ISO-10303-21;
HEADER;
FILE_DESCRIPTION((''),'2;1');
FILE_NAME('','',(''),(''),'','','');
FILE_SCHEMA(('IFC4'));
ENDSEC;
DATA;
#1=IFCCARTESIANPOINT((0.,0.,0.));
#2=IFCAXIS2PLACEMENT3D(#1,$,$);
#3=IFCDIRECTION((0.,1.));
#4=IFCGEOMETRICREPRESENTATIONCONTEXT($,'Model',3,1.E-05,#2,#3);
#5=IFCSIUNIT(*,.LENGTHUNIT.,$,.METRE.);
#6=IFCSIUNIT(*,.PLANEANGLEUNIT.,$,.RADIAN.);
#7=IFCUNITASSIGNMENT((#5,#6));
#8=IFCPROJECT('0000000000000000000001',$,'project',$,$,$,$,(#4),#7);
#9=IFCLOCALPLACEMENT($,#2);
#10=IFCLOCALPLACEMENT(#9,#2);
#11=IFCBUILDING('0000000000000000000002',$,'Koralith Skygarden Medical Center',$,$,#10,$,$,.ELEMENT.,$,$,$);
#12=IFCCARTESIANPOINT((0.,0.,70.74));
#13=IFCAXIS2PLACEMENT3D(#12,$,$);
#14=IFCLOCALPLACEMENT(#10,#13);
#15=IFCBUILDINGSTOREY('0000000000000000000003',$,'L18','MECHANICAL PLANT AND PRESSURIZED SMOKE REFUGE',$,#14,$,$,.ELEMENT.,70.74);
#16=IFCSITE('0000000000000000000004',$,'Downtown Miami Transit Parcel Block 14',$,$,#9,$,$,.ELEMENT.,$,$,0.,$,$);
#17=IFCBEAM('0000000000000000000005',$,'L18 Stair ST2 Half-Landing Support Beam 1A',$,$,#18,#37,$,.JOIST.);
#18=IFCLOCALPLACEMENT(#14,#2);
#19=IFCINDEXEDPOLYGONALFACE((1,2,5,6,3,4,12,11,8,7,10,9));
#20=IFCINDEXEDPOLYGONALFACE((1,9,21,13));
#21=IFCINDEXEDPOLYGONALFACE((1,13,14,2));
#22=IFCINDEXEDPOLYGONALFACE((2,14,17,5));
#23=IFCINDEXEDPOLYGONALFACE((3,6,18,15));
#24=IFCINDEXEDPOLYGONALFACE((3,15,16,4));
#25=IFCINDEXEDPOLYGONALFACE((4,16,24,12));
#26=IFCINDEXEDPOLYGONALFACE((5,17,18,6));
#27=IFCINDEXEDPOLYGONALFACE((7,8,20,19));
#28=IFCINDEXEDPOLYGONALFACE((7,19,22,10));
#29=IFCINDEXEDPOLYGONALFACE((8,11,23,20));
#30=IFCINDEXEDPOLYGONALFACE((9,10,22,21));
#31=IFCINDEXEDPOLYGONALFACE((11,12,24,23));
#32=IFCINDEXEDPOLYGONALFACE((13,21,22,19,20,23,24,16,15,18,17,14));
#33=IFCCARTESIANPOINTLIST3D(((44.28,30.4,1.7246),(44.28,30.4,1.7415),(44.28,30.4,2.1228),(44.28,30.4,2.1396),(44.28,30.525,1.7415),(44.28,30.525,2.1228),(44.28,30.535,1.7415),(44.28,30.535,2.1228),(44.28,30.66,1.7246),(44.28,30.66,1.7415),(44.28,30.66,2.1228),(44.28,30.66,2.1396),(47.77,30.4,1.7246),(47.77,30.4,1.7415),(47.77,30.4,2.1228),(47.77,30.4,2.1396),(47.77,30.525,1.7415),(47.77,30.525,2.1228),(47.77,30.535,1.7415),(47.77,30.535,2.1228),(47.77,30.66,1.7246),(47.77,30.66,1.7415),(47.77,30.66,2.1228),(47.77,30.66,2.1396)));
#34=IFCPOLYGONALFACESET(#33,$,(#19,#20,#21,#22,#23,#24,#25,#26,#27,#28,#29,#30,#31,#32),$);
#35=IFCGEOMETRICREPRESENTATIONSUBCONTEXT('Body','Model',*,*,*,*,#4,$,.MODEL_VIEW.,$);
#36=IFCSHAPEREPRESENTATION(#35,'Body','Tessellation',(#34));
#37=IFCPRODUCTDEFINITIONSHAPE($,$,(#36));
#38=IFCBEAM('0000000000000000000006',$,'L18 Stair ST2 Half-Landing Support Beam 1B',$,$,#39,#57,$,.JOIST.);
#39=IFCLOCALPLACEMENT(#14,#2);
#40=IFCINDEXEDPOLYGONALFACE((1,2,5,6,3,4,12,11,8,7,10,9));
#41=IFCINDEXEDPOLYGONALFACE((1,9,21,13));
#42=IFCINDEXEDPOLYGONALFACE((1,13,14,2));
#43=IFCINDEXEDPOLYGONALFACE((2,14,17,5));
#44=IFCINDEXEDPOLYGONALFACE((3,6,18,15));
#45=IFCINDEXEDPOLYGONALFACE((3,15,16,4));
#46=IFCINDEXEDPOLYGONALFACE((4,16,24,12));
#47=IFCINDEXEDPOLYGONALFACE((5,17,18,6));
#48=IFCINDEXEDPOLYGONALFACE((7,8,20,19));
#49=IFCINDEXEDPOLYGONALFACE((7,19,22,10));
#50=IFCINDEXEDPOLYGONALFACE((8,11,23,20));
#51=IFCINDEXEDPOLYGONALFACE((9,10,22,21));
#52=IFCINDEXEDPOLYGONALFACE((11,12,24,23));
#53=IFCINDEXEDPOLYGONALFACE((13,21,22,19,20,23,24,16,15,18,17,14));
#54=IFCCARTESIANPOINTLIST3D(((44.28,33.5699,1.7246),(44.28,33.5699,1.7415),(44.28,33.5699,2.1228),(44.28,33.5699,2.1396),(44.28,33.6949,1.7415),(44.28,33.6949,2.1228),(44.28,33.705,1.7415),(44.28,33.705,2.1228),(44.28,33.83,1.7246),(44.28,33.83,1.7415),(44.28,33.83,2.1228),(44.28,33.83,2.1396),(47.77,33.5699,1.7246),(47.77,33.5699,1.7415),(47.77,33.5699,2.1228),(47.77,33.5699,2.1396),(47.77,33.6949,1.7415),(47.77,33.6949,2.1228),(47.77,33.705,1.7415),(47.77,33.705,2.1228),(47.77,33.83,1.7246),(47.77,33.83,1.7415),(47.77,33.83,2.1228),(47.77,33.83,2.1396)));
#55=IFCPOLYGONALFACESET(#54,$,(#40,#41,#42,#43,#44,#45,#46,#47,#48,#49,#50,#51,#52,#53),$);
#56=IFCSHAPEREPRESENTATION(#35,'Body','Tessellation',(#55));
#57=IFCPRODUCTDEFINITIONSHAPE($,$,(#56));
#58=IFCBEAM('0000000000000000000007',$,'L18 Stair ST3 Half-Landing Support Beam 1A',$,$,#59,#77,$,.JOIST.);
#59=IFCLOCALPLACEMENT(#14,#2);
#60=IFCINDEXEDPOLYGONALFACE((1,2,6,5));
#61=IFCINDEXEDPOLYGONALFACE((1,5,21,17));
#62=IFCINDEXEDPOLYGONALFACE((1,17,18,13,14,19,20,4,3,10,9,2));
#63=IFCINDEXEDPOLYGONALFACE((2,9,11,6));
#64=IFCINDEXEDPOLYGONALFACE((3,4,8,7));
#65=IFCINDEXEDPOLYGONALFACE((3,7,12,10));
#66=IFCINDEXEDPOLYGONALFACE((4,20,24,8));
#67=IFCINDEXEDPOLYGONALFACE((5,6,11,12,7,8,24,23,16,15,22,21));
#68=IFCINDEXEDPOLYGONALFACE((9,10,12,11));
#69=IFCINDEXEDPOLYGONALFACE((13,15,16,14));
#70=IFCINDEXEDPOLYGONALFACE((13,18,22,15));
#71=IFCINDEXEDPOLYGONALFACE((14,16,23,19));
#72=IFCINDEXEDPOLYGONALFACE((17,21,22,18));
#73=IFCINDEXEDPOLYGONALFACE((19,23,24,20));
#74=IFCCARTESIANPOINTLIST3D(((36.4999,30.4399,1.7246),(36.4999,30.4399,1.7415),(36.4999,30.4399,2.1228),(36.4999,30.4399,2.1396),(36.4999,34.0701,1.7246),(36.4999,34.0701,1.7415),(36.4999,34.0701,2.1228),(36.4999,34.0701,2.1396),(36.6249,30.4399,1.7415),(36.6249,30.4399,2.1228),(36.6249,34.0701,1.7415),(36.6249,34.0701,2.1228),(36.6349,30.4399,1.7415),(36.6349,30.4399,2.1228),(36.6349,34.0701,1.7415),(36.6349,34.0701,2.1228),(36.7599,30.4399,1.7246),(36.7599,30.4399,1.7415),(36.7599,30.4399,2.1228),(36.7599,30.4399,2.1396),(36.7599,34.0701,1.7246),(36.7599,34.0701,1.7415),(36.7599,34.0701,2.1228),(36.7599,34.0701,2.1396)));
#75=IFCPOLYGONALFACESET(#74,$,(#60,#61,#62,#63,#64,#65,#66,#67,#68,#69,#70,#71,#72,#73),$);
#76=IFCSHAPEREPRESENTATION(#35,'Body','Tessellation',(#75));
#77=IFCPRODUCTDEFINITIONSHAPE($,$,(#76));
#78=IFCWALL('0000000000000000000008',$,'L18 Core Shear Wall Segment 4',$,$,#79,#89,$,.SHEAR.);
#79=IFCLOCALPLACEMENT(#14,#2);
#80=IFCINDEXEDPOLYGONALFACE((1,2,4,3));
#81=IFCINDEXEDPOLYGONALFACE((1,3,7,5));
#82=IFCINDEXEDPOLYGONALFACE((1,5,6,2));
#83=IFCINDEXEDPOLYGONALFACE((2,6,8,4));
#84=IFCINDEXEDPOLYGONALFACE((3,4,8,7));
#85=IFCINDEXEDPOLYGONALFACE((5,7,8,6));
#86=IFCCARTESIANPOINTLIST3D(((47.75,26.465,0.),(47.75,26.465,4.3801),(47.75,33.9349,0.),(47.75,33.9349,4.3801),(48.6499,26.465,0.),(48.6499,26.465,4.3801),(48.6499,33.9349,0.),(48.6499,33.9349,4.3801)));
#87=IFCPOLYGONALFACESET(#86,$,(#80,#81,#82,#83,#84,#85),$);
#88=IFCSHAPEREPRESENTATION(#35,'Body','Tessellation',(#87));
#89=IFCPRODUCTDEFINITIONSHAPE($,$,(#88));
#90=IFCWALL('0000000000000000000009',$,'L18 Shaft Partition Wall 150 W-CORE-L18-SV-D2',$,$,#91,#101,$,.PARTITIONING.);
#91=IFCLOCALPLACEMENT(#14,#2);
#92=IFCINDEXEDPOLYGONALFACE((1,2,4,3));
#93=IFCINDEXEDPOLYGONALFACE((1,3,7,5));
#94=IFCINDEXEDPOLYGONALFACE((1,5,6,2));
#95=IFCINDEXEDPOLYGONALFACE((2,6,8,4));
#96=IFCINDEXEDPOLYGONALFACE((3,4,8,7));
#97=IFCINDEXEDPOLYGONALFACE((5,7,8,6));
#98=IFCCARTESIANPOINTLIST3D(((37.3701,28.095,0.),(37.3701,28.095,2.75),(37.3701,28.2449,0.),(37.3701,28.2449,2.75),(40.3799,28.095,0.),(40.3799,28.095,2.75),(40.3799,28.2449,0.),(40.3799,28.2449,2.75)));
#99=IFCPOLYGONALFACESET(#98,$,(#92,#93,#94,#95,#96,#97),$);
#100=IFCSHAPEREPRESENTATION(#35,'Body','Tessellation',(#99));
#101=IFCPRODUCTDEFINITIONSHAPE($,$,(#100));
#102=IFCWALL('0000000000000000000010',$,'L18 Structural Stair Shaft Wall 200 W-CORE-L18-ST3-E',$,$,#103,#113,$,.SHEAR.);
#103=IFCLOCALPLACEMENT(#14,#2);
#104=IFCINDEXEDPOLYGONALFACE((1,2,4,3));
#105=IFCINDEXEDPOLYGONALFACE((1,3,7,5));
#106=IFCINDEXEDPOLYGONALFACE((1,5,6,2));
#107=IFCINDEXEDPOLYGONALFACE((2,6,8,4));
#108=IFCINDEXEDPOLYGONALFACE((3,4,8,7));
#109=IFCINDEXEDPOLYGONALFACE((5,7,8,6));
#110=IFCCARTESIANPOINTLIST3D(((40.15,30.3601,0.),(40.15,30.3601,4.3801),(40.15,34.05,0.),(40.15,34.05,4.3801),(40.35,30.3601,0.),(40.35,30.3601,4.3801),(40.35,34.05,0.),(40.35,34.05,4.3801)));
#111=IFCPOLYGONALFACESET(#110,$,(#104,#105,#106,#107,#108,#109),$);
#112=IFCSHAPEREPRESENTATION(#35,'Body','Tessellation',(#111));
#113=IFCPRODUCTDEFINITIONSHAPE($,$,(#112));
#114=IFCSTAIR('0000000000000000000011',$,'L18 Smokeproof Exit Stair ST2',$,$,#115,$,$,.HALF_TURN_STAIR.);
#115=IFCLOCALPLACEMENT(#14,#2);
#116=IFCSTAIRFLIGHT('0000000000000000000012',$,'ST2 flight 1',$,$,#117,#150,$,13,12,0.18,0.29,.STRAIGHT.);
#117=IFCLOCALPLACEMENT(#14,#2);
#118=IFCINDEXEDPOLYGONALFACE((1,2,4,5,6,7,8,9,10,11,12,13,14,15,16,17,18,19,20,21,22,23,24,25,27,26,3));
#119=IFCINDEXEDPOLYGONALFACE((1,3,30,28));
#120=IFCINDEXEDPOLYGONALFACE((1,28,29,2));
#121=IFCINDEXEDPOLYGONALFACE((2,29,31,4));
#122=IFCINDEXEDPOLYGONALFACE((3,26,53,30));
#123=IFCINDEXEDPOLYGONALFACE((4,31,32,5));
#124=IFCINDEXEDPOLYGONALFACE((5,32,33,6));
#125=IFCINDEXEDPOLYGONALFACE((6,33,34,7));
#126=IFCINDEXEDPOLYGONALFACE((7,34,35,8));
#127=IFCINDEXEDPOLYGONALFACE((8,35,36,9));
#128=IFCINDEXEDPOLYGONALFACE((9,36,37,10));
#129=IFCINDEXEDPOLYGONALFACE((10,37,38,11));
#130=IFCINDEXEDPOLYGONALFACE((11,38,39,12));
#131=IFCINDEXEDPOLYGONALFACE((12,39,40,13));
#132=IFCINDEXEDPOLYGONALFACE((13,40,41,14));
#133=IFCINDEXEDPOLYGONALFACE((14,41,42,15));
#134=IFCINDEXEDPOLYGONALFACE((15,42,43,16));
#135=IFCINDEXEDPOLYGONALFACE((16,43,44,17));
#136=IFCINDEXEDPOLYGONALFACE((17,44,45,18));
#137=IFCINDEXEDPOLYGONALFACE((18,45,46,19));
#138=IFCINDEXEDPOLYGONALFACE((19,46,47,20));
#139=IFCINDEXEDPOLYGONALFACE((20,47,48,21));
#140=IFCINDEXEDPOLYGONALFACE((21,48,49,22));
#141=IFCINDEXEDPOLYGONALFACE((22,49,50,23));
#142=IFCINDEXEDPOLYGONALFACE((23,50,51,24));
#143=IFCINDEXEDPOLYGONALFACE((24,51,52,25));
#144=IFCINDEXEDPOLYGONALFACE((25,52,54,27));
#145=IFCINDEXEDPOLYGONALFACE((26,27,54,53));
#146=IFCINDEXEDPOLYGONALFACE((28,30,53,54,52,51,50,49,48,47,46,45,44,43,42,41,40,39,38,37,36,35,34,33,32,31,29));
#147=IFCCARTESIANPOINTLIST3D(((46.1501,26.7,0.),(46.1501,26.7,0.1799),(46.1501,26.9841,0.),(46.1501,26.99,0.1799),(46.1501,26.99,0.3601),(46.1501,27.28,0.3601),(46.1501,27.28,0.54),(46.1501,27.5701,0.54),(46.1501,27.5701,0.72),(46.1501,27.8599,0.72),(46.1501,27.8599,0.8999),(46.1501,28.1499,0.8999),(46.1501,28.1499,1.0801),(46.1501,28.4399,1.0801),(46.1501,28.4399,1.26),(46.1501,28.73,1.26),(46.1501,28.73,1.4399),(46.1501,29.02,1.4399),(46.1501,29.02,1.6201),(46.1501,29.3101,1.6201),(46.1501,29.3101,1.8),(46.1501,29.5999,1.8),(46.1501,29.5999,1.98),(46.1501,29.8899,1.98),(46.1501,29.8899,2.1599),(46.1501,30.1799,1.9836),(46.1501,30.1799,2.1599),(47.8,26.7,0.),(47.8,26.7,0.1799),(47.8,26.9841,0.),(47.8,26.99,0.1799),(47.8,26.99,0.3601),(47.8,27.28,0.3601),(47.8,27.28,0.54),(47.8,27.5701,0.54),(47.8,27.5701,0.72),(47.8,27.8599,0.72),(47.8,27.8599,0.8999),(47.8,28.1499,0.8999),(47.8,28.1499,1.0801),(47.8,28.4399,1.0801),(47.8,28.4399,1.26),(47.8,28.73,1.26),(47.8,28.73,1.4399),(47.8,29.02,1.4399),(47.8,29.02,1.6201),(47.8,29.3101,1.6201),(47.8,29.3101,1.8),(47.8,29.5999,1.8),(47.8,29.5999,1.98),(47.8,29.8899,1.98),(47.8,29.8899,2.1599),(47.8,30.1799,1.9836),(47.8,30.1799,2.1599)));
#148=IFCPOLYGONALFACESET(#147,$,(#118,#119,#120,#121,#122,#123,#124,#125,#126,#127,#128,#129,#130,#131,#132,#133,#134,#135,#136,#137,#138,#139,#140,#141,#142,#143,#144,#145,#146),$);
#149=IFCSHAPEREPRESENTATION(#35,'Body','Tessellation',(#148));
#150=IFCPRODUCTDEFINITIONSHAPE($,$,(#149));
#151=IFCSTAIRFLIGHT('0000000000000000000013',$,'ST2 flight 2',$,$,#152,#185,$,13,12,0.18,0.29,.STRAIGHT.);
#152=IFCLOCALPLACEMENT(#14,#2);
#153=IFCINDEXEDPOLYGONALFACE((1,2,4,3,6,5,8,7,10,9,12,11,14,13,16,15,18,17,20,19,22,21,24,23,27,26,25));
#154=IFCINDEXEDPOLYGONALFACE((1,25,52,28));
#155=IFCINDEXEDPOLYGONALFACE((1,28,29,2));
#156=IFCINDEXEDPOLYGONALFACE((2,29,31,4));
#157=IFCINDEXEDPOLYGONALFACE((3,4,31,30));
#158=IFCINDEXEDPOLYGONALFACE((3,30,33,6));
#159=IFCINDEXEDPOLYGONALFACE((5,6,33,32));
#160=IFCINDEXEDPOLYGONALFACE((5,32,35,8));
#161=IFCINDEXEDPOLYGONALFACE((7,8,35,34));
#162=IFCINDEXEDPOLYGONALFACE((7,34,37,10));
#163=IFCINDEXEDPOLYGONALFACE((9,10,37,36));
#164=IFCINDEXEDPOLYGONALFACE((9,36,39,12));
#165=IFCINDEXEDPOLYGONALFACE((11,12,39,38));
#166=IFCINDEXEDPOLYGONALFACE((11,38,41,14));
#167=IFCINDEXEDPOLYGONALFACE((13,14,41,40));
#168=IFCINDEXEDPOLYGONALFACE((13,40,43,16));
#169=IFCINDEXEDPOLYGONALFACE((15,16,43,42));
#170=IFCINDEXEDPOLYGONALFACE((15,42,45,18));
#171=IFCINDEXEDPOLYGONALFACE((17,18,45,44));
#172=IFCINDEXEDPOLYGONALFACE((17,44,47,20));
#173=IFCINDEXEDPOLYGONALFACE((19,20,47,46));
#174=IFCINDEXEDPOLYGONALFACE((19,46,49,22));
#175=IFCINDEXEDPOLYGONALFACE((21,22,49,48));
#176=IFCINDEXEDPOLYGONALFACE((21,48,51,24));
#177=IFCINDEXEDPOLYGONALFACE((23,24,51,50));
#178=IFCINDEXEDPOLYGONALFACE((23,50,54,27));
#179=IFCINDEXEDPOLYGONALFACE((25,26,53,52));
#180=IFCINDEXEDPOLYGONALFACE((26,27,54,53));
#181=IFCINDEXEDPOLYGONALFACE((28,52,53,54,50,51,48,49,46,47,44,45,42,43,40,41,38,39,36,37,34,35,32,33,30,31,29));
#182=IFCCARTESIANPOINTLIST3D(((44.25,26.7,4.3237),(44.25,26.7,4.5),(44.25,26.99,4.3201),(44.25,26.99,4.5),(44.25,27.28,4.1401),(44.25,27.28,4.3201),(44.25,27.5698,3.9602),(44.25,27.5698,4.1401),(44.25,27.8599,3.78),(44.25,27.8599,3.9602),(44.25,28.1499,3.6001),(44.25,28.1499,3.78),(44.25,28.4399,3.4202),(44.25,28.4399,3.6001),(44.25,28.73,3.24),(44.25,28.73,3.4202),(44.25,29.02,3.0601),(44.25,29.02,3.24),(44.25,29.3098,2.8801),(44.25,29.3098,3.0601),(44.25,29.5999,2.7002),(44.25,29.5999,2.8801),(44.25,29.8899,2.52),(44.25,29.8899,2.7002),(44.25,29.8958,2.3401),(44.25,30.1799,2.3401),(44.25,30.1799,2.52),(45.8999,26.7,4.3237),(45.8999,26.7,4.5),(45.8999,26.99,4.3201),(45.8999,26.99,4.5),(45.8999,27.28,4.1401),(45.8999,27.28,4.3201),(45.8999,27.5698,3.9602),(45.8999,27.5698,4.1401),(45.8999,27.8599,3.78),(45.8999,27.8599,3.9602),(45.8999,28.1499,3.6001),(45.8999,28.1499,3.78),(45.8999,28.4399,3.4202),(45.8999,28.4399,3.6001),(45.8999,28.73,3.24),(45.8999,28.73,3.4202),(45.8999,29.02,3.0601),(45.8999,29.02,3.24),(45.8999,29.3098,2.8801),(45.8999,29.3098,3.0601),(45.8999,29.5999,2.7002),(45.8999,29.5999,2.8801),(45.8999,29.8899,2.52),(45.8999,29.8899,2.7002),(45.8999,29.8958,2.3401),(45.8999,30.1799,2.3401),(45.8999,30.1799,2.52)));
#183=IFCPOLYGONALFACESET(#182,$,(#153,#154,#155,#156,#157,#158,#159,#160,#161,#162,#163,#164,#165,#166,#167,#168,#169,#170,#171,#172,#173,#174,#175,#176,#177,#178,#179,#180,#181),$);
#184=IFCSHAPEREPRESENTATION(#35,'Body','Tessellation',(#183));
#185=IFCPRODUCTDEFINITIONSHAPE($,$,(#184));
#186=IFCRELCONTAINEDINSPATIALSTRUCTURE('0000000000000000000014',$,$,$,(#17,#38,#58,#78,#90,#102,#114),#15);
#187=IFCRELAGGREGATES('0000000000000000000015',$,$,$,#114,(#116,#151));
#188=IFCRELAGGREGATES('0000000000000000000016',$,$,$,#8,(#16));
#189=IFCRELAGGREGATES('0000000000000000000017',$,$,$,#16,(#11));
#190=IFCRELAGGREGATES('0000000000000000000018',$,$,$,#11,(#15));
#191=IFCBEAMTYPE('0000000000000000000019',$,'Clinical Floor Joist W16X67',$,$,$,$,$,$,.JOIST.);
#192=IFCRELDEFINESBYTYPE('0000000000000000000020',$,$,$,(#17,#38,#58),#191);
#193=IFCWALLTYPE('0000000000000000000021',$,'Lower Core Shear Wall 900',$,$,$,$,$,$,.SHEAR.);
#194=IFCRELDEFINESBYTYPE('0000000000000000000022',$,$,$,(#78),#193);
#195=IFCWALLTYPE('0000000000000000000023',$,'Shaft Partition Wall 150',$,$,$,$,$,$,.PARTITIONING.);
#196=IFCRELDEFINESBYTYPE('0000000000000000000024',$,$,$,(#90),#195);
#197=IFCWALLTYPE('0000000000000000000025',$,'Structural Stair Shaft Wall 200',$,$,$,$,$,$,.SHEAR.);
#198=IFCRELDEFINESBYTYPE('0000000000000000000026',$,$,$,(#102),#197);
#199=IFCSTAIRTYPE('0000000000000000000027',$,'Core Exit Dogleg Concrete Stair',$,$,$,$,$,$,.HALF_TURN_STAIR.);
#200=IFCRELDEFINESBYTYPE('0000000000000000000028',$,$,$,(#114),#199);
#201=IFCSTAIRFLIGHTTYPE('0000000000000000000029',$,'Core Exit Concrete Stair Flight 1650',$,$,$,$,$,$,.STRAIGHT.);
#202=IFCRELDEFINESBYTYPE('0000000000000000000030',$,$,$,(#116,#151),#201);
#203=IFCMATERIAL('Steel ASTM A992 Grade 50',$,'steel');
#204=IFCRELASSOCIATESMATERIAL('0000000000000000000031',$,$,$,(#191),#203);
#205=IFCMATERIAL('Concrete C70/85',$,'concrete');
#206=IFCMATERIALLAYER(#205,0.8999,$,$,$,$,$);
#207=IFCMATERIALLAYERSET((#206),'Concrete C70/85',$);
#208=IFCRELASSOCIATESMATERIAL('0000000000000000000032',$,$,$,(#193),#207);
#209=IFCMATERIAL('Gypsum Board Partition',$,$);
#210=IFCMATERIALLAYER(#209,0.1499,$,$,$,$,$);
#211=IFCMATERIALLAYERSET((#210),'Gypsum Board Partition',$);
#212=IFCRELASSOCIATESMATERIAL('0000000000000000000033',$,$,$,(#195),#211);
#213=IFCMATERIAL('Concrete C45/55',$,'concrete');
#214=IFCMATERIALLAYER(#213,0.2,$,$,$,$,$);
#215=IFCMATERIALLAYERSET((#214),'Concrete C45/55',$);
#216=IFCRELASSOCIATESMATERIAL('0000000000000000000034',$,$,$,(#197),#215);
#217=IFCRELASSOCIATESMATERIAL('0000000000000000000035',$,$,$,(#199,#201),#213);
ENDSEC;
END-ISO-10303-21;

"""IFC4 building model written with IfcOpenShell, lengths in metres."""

from ifc_helpers import new_model, si_unit, direction, frame, frame_2d, origin, origin_2d, place, context, subcontext, project, spatial, polyline, rectangle, i_section, outline, extrude, material, layer, layer_set, material_profile, profile_set, type_object, element, aggregate, save


model = new_model("IFC4")

# Units and contexts
model_context = context("Model", 3, precision=1e-05, world=origin(), true_north=direction((0.0, 1.0)))
body_context = subcontext(model_context, "Body", "Model", "MODEL_VIEW")
ifc_project = project(units=[si_unit("LENGTHUNIT", "METRE"), si_unit("PLANEANGLEUNIT", "RADIAN")], contexts=[model_context])

# Site, building, storey
site_placement = place(None, origin())
site = spatial("IfcSite", under=ifc_project, at=site_placement, Name="Downtown Miami Transit Parcel Block 14", CompositionType="ELEMENT", RefElevation=0.0)
building_placement = place(site_placement, origin())
building = spatial("IfcBuilding", under=site, at=building_placement, Name="Koralith Skygarden Medical Center", CompositionType="ELEMENT")
storey_placement = place(building_placement, frame((0.0, 0.0, 70.74)))
storey = spatial("IfcBuildingStorey", under=building, at=storey_placement, Name="L18", Description="MECHANICAL PLANT AND PRESSURIZED SMOKE REFUGE", CompositionType="ELEMENT", Elevation=70.74)

# Beams
ifc_material_1 = material(Name="Steel ASTM A992 Grade 50", Category="steel")
ifc_material_profile = material_profile(ifc_material_1, i_section(OverallWidth=0.26, OverallDepth=0.415, WebThickness=0.01, FlangeThickness=0.0168, at=origin_2d()), Name="W16X67")
ifc_profile_set = profile_set([ifc_material_profile], Name="Steel ASTM A992 Grade 50")
beam_type = type_object("IfcBeamType", Name="Clinical Floor Joist W16X67", PredefinedType="JOIST", material=ifc_profile_set)
for number, where, z_axis, x_axis, name in (
    (1, (44.28, 30.53, 1.9321), (1.0, 0.0, 0.0), (0.0, 1.0, 0.0), "L18 Stair ST2 Half-Landing Support Beam 1A"),
    (2, (44.28, 33.7, 1.9321), (1.0, 0.0, 0.0), (0.0, 1.0, 0.0), "L18 Stair ST2 Half-Landing Support Beam 1B"),
):
    element("IfcBeam", number, at=place(storey_placement, frame(where, z_axis=z_axis, x_axis=x_axis)), inside=storey, type_object=beam_type, Name=name, PredefinedType="JOIST", context=body_context, shape_type="SweptSolid", body=[
        extrude(i_section(OverallWidth=0.26, OverallDepth=0.415, WebThickness=0.01, FlangeThickness=0.0168, at=origin_2d()), origin(), (0.0, 0.0, 1.0), 3.49),
    ])
beam_placement = place(storey_placement, frame((36.6299, 30.4399, 1.9321), z_axis=(0.0, 1.0, 0.0), x_axis=(-1.0, 0.0, 0.0)))
element("IfcBeam", 3, at=beam_placement, inside=storey, type_object=beam_type, Name="L18 Stair ST3 Half-Landing Support Beam 1A", PredefinedType="JOIST", context=body_context, shape_type="SweptSolid", body=[
    extrude(i_section(OverallWidth=0.26, OverallDepth=0.415, WebThickness=0.01, FlangeThickness=0.0168, at=origin_2d()), origin(), (0.0, 0.0, 1.0), 3.6301),
])

# Walls
ifc_material_2 = material(Name="Concrete C70/85", Category="concrete")
ifc_layer_1 = layer(ifc_material_2, 0.8999)
ifc_layer_set_1 = layer_set([ifc_layer_1], Name="Concrete C70/85")
wall_type_1 = type_object("IfcWallType", Name="Lower Core Shear Wall 900", PredefinedType="SHEAR", material=ifc_layer_set_1)
wall_1_placement = place(storey_placement, frame((48.2, 26.4651, 0.0), z_axis=(0.0, 0.0, 1.0), x_axis=(0.0, 1.0, 0.0)))
element("IfcWall", 4, at=wall_1_placement, inside=storey, type_object=wall_type_1, Name="L18 Core Shear Wall Segment 4", PredefinedType="SHEAR", context=body_context, shape_type="SweptSolid", body=[
    extrude(rectangle(XDim=7.47, YDim=0.8999, at=frame_2d((3.7349, 0.0))), origin(), (0.0, 0.0, 1.0), 4.3801),
])
ifc_material_3 = material(Name="Gypsum Board Partition")
ifc_layer_2 = layer(ifc_material_3, 0.1499)
ifc_layer_set_2 = layer_set([ifc_layer_2], Name="Gypsum Board Partition")
wall_type_2 = type_object("IfcWallType", Name="Shaft Partition Wall 150", PredefinedType="PARTITIONING", material=ifc_layer_set_2)
wall_2_placement = place(storey_placement, frame((37.3701, 28.1699, 0.0), z_axis=(0.0, 0.0, 1.0), x_axis=(1.0, 0.0, 0.0)))
element("IfcWall", 5, at=wall_2_placement, inside=storey, type_object=wall_type_2, Name="L18 Shaft Partition Wall 150 W-CORE-L18-SV-D2", PredefinedType="PARTITIONING", context=body_context, shape_type="SweptSolid", body=[
    extrude(rectangle(XDim=3.0098, YDim=0.1499, at=frame_2d((1.5049, 0.0))), origin(), (0.0, 0.0, 1.0), 2.75),
])
ifc_material_4 = material(Name="Concrete C45/55", Category="concrete")
ifc_layer_3 = layer(ifc_material_4, 0.2)
ifc_layer_set_3 = layer_set([ifc_layer_3], Name="Concrete C45/55")
wall_type_3 = type_object("IfcWallType", Name="Structural Stair Shaft Wall 200", PredefinedType="SHEAR", material=ifc_layer_set_3)
wall_3_placement = place(storey_placement, frame((40.25, 30.3601, 0.0), z_axis=(0.0, 0.0, 1.0), x_axis=(0.0, 1.0, 0.0)))
element("IfcWall", 6, at=wall_3_placement, inside=storey, type_object=wall_type_3, Name="L18 Structural Stair Shaft Wall 200 W-CORE-L18-ST3-E", PredefinedType="SHEAR", context=body_context, shape_type="SweptSolid", body=[
    extrude(rectangle(XDim=3.6899, YDim=0.2, at=frame_2d((1.845, 0.0))), origin(), (0.0, 0.0, 1.0), 4.3801),
])

# Stair, stair flights
stair_type = type_object("IfcStairType", Name="Core Exit Dogleg Concrete Stair", PredefinedType="HALF_TURN_STAIR", material=ifc_material_4)
stair_1_placement = place(storey_placement, origin())
stair_1 = element("IfcStair", 7, at=stair_1_placement, inside=storey, type_object=stair_type, Name="L18 Smokeproof Exit Stair ST2", PredefinedType="HALF_TURN_STAIR")
stair_flight_type = type_object("IfcStairFlightType", Name="Core Exit Concrete Stair Flight 1650", PredefinedType="STRAIGHT", material=ifc_material_4)
stair_flight_1_placement = place(storey_placement, frame((46.9751, 26.7, 0.0), z_axis=(0.0, 0.0, 1.0), x_axis=(0.0, 1.0, 0.0)))
stair_flight_1 = element("IfcStairFlight", 8, at=stair_flight_1_placement, type_object=stair_flight_type, Name="ST2 flight 1", NumberOfRisers=13, NumberOfTreads=12, PredefinedType="STRAIGHT", RiserHeight=0.18, TreadLength=0.29, context=body_context, shape_type="SweptSolid", body=[
    extrude(outline(polyline([(0.0, 0.0), (0.0, 0.1799), (0.29, 0.1799), (0.29, 0.3601), (0.5801, 0.3601), (0.5801, 0.54), (0.8701, 0.54), (0.8701, 0.72), (1.1599, 0.72), (1.1599, 0.8999), (1.45, 0.8999), (1.45, 1.0801), (1.74, 1.0801), (1.74, 1.26), (2.03, 1.26), (2.03, 1.4399), (2.3201, 1.4399), (2.3201, 1.6201), (2.6101, 1.6201), (2.6101, 1.8), (2.8999, 1.8), (2.8999, 1.98), (3.1899, 1.98), (3.1899, 2.1599), (3.48, 2.1599), (3.48, 2.3401), (3.48, 1.9836), (0.2842, 0.0), (0.0, 0.0)])), frame((0.0, 0.825, 0.0), z_axis=(0.0, -1.0, 0.0), x_axis=(1.0, 0.0, 0.0)), (0.0, 0.0, 1.0), 1.6499),
])
stair_flight_2_placement = place(storey_placement, frame((45.075, 30.1799, 2.3401), z_axis=(0.0, 0.0, 1.0), x_axis=(0.0, -1.0, 0.0)))
stair_flight_2 = element("IfcStairFlight", 9, at=stair_flight_2_placement, type_object=stair_flight_type, Name="ST2 flight 2", NumberOfRisers=13, NumberOfTreads=12, PredefinedType="STRAIGHT", RiserHeight=0.18, TreadLength=0.29, context=body_context, shape_type="SweptSolid", body=[
    extrude(outline(polyline([(0.0, 0.0), (0.0, 0.1799), (0.29, 0.1799), (0.29, 0.3601), (0.5801, 0.3601), (0.5801, 0.54), (0.8701, 0.54), (0.8701, 0.72), (1.1599, 0.72), (1.1599, 0.8999), (1.45, 0.8999), (1.45, 1.0801), (1.74, 1.0801), (1.74, 1.26), (2.03, 1.26), (2.03, 1.4399), (2.3201, 1.4399), (2.3201, 1.6201), (2.6101, 1.6201), (2.6101, 1.8), (2.8999, 1.8), (2.8999, 1.98), (3.1899, 1.98), (3.1899, 2.1599), (3.48, 2.1599), (3.48, 2.3401), (3.48, 1.9836), (0.2842, 0.0), (0.0, 0.0)])), frame((0.0, 0.825, 0.0), z_axis=(0.0, -1.0, 0.0), x_axis=(1.0, 0.0, 0.0)), (0.0, 0.0, 1.0), 1.6499),
])
aggregate(stair_1, [stair_flight_1, stair_flight_2])

save(model, "model.ifc")
